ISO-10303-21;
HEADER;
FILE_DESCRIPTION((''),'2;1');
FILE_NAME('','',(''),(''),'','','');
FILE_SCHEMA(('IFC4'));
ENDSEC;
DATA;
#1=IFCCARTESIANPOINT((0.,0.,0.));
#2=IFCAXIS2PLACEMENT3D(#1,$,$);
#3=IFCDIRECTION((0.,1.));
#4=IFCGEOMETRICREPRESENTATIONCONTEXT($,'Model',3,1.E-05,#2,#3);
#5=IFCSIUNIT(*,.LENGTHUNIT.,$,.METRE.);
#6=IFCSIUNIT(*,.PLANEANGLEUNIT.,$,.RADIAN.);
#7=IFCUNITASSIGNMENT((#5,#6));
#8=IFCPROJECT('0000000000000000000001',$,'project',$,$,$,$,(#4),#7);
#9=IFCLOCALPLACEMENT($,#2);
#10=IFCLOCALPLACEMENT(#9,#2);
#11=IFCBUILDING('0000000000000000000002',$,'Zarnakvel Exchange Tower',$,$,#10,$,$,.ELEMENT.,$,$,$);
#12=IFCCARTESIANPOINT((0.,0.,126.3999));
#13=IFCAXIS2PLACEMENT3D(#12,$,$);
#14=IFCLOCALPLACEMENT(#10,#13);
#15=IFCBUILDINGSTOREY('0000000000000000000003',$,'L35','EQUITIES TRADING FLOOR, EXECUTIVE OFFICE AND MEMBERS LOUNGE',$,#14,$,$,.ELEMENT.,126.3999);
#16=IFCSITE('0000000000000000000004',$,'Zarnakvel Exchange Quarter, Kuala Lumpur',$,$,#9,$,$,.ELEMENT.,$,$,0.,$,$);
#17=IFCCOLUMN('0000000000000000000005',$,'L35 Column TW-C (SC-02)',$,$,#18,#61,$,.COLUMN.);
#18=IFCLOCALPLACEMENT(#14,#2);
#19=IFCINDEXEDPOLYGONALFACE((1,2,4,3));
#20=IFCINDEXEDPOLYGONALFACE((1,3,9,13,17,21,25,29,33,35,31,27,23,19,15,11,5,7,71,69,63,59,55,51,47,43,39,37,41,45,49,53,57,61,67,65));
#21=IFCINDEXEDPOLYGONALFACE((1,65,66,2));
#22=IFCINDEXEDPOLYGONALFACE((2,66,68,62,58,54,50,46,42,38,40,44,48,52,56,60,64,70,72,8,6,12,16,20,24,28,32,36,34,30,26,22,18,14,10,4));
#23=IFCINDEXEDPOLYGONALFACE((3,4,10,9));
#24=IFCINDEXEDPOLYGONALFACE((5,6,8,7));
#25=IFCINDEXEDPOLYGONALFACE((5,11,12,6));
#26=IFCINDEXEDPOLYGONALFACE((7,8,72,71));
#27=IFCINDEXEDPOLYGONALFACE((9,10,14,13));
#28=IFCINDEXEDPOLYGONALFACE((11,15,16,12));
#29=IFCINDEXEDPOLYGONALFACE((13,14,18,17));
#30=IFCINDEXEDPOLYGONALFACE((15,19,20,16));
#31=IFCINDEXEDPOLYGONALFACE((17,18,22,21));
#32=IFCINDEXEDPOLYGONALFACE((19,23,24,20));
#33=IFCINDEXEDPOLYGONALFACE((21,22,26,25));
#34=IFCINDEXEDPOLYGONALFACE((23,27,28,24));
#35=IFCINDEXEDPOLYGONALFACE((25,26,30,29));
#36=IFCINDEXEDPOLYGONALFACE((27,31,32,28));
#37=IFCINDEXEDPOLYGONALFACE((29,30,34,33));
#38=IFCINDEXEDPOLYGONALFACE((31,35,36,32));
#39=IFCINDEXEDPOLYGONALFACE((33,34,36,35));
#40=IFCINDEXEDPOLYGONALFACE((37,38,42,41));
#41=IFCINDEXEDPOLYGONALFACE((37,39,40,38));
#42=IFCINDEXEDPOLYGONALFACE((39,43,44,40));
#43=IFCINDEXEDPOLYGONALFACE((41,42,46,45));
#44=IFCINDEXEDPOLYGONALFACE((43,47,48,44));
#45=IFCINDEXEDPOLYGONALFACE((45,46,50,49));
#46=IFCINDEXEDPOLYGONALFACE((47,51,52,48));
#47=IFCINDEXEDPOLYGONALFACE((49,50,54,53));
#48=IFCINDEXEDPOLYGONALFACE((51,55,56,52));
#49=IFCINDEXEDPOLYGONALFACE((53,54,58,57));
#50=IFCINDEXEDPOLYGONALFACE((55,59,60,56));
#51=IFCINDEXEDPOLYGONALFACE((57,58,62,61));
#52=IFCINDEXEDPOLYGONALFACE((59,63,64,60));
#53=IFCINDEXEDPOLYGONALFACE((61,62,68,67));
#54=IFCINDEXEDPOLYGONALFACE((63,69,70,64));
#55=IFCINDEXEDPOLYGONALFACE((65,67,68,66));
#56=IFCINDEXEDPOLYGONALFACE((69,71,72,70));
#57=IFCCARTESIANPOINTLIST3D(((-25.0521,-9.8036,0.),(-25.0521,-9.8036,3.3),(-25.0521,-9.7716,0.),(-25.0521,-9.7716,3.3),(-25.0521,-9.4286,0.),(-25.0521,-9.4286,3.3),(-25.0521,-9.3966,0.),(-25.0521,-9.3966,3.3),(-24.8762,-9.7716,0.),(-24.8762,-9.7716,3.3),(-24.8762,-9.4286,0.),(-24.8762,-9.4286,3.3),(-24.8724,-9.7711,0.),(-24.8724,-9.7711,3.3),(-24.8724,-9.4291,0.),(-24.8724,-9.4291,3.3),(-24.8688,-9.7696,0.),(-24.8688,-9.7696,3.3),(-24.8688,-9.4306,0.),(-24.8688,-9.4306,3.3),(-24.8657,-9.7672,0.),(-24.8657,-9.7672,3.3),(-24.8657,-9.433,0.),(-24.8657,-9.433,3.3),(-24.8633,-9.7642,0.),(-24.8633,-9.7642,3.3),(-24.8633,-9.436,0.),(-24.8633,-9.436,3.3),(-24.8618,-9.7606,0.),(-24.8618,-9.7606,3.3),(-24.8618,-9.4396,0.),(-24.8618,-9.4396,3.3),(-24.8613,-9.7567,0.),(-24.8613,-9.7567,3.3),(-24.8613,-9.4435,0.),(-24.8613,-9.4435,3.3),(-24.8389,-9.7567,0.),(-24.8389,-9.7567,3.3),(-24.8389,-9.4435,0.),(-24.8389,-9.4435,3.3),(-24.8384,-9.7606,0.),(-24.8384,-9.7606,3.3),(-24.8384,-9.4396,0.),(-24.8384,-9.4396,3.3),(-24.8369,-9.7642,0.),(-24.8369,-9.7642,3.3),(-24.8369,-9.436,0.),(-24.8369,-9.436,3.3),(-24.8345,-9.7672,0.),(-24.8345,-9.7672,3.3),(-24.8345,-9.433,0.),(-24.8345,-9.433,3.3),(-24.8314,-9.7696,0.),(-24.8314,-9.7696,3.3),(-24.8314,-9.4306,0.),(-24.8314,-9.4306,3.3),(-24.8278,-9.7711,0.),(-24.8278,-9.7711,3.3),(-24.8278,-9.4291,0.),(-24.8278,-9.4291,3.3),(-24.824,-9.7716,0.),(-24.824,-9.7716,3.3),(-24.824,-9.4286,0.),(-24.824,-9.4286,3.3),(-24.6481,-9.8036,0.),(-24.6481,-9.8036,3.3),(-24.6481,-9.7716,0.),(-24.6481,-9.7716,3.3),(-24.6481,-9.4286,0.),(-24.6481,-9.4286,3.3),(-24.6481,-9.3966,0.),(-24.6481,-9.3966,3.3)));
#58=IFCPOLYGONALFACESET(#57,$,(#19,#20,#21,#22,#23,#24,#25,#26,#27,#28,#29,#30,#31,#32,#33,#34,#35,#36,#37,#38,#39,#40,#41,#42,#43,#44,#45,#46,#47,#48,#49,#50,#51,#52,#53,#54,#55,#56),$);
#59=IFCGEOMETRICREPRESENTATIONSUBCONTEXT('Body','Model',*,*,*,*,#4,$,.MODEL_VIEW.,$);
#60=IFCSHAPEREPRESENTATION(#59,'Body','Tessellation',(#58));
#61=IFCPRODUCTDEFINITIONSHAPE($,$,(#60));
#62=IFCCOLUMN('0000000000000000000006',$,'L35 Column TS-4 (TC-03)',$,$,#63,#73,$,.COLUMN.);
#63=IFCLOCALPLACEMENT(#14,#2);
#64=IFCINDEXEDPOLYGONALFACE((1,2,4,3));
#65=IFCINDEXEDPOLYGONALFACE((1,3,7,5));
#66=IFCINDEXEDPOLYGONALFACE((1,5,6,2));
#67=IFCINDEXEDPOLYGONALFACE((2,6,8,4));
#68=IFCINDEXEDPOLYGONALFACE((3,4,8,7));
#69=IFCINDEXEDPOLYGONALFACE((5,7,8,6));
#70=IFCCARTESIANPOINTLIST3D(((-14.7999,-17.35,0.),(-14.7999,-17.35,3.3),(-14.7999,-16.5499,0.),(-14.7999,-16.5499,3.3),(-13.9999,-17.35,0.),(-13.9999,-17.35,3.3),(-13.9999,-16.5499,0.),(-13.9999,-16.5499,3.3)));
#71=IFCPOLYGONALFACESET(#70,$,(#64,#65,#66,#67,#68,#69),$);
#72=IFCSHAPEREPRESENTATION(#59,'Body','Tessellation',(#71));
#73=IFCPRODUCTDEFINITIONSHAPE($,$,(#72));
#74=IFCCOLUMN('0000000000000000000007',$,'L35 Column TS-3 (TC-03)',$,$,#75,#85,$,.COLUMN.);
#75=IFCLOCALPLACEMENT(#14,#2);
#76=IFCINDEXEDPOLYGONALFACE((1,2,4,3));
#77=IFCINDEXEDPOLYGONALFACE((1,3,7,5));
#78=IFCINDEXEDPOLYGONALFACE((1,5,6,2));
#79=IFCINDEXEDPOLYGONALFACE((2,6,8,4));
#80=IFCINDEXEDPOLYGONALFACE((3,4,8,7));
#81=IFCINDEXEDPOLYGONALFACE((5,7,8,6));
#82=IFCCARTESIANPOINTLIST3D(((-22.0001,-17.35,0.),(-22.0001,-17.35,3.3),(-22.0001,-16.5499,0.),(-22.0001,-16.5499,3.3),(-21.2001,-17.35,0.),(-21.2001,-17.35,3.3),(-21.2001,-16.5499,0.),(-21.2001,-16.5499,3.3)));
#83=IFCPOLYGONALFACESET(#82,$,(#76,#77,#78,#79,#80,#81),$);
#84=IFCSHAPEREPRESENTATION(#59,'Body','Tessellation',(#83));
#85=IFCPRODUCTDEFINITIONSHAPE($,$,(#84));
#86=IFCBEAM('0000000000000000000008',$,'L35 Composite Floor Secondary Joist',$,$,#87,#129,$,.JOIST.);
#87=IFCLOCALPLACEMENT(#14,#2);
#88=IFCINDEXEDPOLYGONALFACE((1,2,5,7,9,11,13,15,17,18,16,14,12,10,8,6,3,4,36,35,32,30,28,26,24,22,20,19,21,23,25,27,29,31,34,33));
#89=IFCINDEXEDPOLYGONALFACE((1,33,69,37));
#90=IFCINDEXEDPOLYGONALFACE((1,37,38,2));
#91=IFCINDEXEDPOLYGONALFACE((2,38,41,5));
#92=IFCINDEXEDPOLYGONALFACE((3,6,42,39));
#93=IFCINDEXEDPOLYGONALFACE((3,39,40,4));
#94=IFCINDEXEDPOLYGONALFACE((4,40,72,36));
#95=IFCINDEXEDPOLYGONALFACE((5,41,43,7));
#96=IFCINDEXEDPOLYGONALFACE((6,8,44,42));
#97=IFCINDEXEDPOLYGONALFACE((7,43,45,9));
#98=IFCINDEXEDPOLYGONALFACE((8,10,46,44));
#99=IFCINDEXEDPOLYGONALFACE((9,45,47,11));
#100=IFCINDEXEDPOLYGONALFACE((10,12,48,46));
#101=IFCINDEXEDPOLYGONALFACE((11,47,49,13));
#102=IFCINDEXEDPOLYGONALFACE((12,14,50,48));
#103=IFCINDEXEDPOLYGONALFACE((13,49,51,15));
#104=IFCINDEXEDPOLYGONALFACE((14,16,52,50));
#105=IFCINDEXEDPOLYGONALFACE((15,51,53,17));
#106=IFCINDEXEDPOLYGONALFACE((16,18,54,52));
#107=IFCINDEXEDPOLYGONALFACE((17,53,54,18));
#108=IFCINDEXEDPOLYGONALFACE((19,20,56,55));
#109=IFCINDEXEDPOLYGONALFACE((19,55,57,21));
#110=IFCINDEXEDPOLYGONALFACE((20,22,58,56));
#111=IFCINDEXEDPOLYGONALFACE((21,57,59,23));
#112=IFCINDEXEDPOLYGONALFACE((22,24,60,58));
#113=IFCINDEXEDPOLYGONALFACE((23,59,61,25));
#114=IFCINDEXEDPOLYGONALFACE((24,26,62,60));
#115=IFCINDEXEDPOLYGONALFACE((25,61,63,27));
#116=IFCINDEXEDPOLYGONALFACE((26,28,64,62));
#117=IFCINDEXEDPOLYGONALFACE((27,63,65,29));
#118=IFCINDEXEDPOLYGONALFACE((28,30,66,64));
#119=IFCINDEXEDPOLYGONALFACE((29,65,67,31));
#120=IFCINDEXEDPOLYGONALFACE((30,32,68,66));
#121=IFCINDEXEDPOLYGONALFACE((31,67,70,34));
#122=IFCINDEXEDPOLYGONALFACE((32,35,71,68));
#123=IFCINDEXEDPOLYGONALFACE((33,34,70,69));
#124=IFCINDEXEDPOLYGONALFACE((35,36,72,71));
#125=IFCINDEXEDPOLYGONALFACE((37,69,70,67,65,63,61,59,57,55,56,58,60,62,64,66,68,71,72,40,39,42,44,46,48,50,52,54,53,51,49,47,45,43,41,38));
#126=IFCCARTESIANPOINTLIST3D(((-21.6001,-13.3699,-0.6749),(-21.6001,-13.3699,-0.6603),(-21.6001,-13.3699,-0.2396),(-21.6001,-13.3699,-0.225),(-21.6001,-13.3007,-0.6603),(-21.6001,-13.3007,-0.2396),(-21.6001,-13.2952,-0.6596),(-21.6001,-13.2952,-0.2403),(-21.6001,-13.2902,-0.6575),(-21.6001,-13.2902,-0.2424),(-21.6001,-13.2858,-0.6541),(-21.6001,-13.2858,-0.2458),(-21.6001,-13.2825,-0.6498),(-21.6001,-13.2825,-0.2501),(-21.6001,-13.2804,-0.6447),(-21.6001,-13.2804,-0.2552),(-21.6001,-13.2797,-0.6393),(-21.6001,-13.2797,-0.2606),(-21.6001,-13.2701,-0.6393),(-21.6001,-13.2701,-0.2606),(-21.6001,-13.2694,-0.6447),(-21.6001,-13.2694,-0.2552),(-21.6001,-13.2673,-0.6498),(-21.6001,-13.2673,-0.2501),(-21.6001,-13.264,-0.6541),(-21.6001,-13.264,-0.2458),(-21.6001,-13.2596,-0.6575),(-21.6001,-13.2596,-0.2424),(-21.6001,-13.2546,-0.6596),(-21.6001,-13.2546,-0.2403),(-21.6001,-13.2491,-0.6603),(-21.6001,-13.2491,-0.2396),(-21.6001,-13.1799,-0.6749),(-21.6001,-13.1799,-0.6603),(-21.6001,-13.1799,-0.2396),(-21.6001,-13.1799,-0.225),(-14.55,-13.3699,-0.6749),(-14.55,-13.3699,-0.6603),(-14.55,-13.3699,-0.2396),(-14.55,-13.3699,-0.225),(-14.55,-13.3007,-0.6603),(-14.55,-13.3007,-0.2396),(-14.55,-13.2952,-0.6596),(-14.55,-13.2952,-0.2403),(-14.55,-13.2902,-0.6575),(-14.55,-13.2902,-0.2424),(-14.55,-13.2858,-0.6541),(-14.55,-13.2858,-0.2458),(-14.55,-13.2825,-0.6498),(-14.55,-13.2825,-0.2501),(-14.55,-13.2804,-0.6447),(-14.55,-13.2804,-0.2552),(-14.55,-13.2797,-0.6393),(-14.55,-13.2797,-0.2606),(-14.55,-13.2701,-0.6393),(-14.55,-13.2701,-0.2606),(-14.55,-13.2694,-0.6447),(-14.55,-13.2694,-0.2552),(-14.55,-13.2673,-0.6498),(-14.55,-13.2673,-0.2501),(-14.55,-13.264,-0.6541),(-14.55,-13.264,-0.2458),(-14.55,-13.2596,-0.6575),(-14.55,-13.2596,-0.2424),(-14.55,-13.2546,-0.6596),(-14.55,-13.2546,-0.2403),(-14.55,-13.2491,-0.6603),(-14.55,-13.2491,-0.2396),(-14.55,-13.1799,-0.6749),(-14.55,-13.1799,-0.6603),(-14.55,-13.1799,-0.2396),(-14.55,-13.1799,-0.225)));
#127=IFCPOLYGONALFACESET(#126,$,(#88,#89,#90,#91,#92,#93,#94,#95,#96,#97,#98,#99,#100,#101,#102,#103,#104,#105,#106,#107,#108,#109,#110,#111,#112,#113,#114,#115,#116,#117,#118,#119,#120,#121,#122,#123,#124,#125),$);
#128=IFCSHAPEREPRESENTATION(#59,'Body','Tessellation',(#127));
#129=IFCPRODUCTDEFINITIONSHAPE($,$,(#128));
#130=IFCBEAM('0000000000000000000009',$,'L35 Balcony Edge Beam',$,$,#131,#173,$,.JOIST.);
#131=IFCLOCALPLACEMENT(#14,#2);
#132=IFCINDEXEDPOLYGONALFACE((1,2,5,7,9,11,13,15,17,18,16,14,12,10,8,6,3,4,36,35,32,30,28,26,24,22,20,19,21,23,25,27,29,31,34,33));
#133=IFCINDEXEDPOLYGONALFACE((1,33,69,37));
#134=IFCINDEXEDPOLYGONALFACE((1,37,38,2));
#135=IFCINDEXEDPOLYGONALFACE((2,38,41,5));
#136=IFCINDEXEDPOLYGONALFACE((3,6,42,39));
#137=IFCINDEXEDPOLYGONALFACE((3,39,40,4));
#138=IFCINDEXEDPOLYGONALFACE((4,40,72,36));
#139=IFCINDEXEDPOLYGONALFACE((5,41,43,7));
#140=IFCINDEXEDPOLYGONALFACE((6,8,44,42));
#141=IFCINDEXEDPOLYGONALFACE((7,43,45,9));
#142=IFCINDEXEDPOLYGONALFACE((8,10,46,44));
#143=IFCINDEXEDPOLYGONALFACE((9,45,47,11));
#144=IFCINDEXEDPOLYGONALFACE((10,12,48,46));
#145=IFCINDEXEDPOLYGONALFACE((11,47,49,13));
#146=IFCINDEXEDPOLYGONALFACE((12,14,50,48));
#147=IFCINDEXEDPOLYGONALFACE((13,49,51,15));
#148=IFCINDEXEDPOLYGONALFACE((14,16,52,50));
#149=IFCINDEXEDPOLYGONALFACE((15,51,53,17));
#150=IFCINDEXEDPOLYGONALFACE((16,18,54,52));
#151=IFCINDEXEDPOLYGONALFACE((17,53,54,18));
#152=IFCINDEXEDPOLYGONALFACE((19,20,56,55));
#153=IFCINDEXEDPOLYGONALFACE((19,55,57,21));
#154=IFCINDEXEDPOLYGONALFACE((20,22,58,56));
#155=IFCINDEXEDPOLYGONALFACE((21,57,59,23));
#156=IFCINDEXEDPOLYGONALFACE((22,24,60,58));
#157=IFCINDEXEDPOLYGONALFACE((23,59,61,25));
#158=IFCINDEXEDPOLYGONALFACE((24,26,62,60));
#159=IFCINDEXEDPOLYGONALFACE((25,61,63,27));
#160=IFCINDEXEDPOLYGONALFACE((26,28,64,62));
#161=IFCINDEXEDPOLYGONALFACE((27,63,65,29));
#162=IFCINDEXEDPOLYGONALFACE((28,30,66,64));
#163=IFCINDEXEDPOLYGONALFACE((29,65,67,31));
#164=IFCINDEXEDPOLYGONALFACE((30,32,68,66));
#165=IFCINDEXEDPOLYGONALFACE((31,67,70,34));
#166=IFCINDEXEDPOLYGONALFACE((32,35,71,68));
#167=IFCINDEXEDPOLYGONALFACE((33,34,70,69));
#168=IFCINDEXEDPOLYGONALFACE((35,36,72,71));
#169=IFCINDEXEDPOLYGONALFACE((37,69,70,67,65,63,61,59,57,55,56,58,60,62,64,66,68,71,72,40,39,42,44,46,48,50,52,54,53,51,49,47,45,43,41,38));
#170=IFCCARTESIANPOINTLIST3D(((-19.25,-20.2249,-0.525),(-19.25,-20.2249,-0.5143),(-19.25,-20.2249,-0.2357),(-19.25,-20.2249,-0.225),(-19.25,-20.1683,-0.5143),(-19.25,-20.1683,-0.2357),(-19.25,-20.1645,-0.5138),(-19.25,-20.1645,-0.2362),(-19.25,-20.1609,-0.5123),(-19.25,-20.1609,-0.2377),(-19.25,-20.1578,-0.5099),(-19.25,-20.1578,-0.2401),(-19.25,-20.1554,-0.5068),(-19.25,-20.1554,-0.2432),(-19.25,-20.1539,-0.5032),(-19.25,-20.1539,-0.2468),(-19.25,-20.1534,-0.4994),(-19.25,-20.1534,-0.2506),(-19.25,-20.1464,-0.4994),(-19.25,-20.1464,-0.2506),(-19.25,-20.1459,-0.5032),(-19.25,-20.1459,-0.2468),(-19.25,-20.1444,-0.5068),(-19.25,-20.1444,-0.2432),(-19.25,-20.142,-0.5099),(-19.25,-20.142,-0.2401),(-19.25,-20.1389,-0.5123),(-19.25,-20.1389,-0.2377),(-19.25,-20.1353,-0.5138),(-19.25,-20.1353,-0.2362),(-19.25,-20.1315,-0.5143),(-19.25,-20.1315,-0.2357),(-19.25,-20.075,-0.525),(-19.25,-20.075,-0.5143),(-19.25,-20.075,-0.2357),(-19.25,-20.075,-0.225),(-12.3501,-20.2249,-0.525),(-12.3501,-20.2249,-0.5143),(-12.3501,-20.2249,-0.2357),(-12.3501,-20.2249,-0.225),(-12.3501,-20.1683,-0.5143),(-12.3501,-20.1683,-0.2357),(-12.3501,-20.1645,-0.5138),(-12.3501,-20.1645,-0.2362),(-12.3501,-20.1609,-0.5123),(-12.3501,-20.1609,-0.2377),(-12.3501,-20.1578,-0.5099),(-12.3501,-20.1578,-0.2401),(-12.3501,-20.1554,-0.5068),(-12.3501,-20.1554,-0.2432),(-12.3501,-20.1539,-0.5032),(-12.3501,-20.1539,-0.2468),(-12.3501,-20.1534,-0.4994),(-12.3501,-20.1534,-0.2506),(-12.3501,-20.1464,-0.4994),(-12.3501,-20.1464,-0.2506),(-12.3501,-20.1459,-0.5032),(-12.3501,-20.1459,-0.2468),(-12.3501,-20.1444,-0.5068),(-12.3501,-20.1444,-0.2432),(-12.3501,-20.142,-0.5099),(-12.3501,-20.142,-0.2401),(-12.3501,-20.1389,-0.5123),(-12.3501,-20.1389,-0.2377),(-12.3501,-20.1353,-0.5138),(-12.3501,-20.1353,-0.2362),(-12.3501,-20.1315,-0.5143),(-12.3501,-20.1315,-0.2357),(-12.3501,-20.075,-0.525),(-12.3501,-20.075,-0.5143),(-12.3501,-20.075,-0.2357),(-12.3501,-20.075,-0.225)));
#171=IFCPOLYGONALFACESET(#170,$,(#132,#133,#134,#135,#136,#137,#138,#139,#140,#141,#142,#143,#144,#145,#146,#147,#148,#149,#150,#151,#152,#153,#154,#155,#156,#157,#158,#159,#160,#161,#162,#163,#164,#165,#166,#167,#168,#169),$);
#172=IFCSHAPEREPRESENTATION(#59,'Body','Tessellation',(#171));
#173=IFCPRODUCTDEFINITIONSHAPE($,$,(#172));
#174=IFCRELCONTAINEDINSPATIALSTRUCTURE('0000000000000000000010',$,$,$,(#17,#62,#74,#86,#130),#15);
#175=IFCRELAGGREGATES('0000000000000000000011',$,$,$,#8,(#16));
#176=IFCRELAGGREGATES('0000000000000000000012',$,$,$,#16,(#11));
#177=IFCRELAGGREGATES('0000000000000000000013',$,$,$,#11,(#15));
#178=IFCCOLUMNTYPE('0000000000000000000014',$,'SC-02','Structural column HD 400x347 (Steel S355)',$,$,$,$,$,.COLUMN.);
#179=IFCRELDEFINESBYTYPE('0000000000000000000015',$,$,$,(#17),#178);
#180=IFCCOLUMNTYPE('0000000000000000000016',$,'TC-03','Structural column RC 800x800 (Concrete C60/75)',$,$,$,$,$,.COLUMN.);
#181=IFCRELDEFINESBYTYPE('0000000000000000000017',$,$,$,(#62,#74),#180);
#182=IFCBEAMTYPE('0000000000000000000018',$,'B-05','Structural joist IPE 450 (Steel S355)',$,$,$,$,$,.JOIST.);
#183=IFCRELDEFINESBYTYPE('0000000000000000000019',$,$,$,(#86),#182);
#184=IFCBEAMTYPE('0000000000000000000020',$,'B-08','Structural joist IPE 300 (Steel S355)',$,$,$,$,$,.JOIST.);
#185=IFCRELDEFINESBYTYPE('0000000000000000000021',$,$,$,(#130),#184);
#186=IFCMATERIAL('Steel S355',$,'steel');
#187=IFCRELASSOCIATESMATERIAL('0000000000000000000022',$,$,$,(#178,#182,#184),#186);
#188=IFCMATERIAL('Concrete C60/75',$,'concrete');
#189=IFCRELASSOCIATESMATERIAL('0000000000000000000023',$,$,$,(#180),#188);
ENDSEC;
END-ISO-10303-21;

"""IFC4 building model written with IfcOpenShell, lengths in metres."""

from ifc_helpers import new_model, si_unit, direction, frame, origin, origin_2d, place, context, subcontext, project, spatial, rectangle, i_section, extrude, material, material_profile, profile_set, type_object, element, save


model = new_model("IFC4")

# Units and contexts
model_context = context("Model", 3, precision=1e-05, world=origin(), true_north=direction((0.0, 1.0)))
body_context = subcontext(model_context, "Body", "Model", "MODEL_VIEW")
ifc_project = project(units=[si_unit("LENGTHUNIT", "METRE"), si_unit("PLANEANGLEUNIT", "RADIAN")], contexts=[model_context])

# Site, building, storey
site_placement = place(None, origin())
site = spatial("IfcSite", under=ifc_project, at=site_placement, Name="Zarnakvel Exchange Quarter, Kuala Lumpur", CompositionType="ELEMENT", RefElevation=0.0)
building_placement = place(site_placement, origin())
building = spatial("IfcBuilding", under=site, at=building_placement, Name="Zarnakvel Exchange Tower", CompositionType="ELEMENT")
storey_placement = place(building_placement, frame((0.0, 0.0, 126.3999)))
storey = spatial("IfcBuildingStorey", under=building, at=storey_placement, Name="L35", Description="EQUITIES TRADING FLOOR, EXECUTIVE OFFICE AND MEMBERS LOUNGE", CompositionType="ELEMENT", Elevation=126.3999)

# Columns
ifc_material_1 = material(Name="Steel S355", Category="steel")
ifc_material_profile_1 = material_profile(ifc_material_1, i_section(OverallWidth=0.4041, OverallDepth=0.407, WebThickness=0.0225, FlangeThickness=0.032, FilletRadius=0.0149, at=origin_2d()))
ifc_profile_set_1 = profile_set([ifc_material_profile_1], Name="Steel S355")
column_type_1 = type_object("IfcColumnType", Name="SC-02", Description="Structural column HD 400x347 (Steel S355)", PredefinedType="COLUMN", material=ifc_profile_set_1)
column_placement = place(storey_placement, frame((-24.8501, -9.6001, 0.0), z_axis=(0.0, 0.0, 1.0), x_axis=(1.0, 0.0, 0.0)))
element("IfcColumn", 1, at=column_placement, inside=storey, type_object=column_type_1, Name="L35 Column TW-C (SC-02)", PredefinedType="COLUMN", context=body_context, shape_type="SweptSolid", body=[
    extrude(i_section(OverallWidth=0.4041, OverallDepth=0.407, WebThickness=0.0225, FlangeThickness=0.032, FilletRadius=0.0149, at=origin_2d()), origin(), (0.0, 0.0, 1.0), 3.3),
])
ifc_material_2 = material(Name="Concrete C60/75", Category="concrete")
ifc_material_profile_2 = material_profile(ifc_material_2, rectangle(XDim=0.8, YDim=0.8, at=origin_2d()))
ifc_profile_set_2 = profile_set([ifc_material_profile_2], Name="Concrete C60/75")
column_type_2 = type_object("IfcColumnType", Name="TC-03", Description="Structural column RC 800x800 (Concrete C60/75)", PredefinedType="COLUMN", material=ifc_profile_set_2)
for number, where, z_axis, x_axis, name in (
    (2, (-14.3999, -16.95, 0.0), (0.0, 0.0, 1.0), (1.0, 0.0, 0.0), "L35 Column TS-4 (TC-03)"),
    (3, (-21.6001, -16.95, 0.0), (0.0, 0.0, 1.0), (1.0, 0.0, 0.0), "L35 Column TS-3 (TC-03)"),
):
    element("IfcColumn", number, at=place(storey_placement, frame(where, z_axis=z_axis, x_axis=x_axis)), inside=storey, type_object=column_type_2, Name=name, PredefinedType="COLUMN", context=body_context, shape_type="SweptSolid", body=[
        extrude(rectangle(XDim=0.8, YDim=0.8, at=origin_2d()), origin(), (0.0, 0.0, 1.0), 3.3),
    ])

# Beams
ifc_material_profile_3 = material_profile(ifc_material_1, i_section(OverallWidth=0.1899, OverallDepth=0.45, WebThickness=0.0095, FlangeThickness=0.0146, FilletRadius=0.021, at=origin_2d()))
ifc_profile_set_3 = profile_set([ifc_material_profile_3], Name="Steel S355")
beam_type_1 = type_object("IfcBeamType", Name="B-05", Description="Structural joist IPE 450 (Steel S355)", PredefinedType="JOIST", material=ifc_profile_set_3)
beam_1_placement = place(storey_placement, frame((-21.6001, -13.2749, -0.45), z_axis=(1.0, 0.0, 0.0), x_axis=(0.0, 1.0, 0.0)))
element("IfcBeam", 4, at=beam_1_placement, inside=storey, type_object=beam_type_1, Name="L35 Composite Floor Secondary Joist", PredefinedType="JOIST", context=body_context, shape_type="SweptSolid", body=[
    extrude(i_section(OverallWidth=0.1899, OverallDepth=0.45, WebThickness=0.0095, FlangeThickness=0.0146, FilletRadius=0.021, at=origin_2d()), origin(), (0.0, 0.0, 1.0), 7.05),
])
ifc_material_profile_4 = material_profile(ifc_material_1, i_section(OverallWidth=0.1499, OverallDepth=0.3, WebThickness=0.0071, FlangeThickness=0.0107, FilletRadius=0.0149, at=origin_2d()))
ifc_profile_set_4 = profile_set([ifc_material_profile_4], Name="Steel S355")
beam_type_2 = type_object("IfcBeamType", Name="B-08", Description="Structural joist IPE 300 (Steel S355)", PredefinedType="JOIST", material=ifc_profile_set_4)
beam_2_placement = place(storey_placement, frame((-19.25, -20.1499, -0.375), z_axis=(1.0, 0.0, 0.0), x_axis=(0.0, 1.0, 0.0)))
element("IfcBeam", 5, at=beam_2_placement, inside=storey, type_object=beam_type_2, Name="L35 Balcony Edge Beam", PredefinedType="JOIST", context=body_context, shape_type="SweptSolid", body=[
    extrude(i_section(OverallWidth=0.1499, OverallDepth=0.3, WebThickness=0.0071, FlangeThickness=0.0107, FilletRadius=0.0149, at=origin_2d()), origin(), (0.0, 0.0, 1.0), 6.8999),
])

save(model, "model.ifc")
